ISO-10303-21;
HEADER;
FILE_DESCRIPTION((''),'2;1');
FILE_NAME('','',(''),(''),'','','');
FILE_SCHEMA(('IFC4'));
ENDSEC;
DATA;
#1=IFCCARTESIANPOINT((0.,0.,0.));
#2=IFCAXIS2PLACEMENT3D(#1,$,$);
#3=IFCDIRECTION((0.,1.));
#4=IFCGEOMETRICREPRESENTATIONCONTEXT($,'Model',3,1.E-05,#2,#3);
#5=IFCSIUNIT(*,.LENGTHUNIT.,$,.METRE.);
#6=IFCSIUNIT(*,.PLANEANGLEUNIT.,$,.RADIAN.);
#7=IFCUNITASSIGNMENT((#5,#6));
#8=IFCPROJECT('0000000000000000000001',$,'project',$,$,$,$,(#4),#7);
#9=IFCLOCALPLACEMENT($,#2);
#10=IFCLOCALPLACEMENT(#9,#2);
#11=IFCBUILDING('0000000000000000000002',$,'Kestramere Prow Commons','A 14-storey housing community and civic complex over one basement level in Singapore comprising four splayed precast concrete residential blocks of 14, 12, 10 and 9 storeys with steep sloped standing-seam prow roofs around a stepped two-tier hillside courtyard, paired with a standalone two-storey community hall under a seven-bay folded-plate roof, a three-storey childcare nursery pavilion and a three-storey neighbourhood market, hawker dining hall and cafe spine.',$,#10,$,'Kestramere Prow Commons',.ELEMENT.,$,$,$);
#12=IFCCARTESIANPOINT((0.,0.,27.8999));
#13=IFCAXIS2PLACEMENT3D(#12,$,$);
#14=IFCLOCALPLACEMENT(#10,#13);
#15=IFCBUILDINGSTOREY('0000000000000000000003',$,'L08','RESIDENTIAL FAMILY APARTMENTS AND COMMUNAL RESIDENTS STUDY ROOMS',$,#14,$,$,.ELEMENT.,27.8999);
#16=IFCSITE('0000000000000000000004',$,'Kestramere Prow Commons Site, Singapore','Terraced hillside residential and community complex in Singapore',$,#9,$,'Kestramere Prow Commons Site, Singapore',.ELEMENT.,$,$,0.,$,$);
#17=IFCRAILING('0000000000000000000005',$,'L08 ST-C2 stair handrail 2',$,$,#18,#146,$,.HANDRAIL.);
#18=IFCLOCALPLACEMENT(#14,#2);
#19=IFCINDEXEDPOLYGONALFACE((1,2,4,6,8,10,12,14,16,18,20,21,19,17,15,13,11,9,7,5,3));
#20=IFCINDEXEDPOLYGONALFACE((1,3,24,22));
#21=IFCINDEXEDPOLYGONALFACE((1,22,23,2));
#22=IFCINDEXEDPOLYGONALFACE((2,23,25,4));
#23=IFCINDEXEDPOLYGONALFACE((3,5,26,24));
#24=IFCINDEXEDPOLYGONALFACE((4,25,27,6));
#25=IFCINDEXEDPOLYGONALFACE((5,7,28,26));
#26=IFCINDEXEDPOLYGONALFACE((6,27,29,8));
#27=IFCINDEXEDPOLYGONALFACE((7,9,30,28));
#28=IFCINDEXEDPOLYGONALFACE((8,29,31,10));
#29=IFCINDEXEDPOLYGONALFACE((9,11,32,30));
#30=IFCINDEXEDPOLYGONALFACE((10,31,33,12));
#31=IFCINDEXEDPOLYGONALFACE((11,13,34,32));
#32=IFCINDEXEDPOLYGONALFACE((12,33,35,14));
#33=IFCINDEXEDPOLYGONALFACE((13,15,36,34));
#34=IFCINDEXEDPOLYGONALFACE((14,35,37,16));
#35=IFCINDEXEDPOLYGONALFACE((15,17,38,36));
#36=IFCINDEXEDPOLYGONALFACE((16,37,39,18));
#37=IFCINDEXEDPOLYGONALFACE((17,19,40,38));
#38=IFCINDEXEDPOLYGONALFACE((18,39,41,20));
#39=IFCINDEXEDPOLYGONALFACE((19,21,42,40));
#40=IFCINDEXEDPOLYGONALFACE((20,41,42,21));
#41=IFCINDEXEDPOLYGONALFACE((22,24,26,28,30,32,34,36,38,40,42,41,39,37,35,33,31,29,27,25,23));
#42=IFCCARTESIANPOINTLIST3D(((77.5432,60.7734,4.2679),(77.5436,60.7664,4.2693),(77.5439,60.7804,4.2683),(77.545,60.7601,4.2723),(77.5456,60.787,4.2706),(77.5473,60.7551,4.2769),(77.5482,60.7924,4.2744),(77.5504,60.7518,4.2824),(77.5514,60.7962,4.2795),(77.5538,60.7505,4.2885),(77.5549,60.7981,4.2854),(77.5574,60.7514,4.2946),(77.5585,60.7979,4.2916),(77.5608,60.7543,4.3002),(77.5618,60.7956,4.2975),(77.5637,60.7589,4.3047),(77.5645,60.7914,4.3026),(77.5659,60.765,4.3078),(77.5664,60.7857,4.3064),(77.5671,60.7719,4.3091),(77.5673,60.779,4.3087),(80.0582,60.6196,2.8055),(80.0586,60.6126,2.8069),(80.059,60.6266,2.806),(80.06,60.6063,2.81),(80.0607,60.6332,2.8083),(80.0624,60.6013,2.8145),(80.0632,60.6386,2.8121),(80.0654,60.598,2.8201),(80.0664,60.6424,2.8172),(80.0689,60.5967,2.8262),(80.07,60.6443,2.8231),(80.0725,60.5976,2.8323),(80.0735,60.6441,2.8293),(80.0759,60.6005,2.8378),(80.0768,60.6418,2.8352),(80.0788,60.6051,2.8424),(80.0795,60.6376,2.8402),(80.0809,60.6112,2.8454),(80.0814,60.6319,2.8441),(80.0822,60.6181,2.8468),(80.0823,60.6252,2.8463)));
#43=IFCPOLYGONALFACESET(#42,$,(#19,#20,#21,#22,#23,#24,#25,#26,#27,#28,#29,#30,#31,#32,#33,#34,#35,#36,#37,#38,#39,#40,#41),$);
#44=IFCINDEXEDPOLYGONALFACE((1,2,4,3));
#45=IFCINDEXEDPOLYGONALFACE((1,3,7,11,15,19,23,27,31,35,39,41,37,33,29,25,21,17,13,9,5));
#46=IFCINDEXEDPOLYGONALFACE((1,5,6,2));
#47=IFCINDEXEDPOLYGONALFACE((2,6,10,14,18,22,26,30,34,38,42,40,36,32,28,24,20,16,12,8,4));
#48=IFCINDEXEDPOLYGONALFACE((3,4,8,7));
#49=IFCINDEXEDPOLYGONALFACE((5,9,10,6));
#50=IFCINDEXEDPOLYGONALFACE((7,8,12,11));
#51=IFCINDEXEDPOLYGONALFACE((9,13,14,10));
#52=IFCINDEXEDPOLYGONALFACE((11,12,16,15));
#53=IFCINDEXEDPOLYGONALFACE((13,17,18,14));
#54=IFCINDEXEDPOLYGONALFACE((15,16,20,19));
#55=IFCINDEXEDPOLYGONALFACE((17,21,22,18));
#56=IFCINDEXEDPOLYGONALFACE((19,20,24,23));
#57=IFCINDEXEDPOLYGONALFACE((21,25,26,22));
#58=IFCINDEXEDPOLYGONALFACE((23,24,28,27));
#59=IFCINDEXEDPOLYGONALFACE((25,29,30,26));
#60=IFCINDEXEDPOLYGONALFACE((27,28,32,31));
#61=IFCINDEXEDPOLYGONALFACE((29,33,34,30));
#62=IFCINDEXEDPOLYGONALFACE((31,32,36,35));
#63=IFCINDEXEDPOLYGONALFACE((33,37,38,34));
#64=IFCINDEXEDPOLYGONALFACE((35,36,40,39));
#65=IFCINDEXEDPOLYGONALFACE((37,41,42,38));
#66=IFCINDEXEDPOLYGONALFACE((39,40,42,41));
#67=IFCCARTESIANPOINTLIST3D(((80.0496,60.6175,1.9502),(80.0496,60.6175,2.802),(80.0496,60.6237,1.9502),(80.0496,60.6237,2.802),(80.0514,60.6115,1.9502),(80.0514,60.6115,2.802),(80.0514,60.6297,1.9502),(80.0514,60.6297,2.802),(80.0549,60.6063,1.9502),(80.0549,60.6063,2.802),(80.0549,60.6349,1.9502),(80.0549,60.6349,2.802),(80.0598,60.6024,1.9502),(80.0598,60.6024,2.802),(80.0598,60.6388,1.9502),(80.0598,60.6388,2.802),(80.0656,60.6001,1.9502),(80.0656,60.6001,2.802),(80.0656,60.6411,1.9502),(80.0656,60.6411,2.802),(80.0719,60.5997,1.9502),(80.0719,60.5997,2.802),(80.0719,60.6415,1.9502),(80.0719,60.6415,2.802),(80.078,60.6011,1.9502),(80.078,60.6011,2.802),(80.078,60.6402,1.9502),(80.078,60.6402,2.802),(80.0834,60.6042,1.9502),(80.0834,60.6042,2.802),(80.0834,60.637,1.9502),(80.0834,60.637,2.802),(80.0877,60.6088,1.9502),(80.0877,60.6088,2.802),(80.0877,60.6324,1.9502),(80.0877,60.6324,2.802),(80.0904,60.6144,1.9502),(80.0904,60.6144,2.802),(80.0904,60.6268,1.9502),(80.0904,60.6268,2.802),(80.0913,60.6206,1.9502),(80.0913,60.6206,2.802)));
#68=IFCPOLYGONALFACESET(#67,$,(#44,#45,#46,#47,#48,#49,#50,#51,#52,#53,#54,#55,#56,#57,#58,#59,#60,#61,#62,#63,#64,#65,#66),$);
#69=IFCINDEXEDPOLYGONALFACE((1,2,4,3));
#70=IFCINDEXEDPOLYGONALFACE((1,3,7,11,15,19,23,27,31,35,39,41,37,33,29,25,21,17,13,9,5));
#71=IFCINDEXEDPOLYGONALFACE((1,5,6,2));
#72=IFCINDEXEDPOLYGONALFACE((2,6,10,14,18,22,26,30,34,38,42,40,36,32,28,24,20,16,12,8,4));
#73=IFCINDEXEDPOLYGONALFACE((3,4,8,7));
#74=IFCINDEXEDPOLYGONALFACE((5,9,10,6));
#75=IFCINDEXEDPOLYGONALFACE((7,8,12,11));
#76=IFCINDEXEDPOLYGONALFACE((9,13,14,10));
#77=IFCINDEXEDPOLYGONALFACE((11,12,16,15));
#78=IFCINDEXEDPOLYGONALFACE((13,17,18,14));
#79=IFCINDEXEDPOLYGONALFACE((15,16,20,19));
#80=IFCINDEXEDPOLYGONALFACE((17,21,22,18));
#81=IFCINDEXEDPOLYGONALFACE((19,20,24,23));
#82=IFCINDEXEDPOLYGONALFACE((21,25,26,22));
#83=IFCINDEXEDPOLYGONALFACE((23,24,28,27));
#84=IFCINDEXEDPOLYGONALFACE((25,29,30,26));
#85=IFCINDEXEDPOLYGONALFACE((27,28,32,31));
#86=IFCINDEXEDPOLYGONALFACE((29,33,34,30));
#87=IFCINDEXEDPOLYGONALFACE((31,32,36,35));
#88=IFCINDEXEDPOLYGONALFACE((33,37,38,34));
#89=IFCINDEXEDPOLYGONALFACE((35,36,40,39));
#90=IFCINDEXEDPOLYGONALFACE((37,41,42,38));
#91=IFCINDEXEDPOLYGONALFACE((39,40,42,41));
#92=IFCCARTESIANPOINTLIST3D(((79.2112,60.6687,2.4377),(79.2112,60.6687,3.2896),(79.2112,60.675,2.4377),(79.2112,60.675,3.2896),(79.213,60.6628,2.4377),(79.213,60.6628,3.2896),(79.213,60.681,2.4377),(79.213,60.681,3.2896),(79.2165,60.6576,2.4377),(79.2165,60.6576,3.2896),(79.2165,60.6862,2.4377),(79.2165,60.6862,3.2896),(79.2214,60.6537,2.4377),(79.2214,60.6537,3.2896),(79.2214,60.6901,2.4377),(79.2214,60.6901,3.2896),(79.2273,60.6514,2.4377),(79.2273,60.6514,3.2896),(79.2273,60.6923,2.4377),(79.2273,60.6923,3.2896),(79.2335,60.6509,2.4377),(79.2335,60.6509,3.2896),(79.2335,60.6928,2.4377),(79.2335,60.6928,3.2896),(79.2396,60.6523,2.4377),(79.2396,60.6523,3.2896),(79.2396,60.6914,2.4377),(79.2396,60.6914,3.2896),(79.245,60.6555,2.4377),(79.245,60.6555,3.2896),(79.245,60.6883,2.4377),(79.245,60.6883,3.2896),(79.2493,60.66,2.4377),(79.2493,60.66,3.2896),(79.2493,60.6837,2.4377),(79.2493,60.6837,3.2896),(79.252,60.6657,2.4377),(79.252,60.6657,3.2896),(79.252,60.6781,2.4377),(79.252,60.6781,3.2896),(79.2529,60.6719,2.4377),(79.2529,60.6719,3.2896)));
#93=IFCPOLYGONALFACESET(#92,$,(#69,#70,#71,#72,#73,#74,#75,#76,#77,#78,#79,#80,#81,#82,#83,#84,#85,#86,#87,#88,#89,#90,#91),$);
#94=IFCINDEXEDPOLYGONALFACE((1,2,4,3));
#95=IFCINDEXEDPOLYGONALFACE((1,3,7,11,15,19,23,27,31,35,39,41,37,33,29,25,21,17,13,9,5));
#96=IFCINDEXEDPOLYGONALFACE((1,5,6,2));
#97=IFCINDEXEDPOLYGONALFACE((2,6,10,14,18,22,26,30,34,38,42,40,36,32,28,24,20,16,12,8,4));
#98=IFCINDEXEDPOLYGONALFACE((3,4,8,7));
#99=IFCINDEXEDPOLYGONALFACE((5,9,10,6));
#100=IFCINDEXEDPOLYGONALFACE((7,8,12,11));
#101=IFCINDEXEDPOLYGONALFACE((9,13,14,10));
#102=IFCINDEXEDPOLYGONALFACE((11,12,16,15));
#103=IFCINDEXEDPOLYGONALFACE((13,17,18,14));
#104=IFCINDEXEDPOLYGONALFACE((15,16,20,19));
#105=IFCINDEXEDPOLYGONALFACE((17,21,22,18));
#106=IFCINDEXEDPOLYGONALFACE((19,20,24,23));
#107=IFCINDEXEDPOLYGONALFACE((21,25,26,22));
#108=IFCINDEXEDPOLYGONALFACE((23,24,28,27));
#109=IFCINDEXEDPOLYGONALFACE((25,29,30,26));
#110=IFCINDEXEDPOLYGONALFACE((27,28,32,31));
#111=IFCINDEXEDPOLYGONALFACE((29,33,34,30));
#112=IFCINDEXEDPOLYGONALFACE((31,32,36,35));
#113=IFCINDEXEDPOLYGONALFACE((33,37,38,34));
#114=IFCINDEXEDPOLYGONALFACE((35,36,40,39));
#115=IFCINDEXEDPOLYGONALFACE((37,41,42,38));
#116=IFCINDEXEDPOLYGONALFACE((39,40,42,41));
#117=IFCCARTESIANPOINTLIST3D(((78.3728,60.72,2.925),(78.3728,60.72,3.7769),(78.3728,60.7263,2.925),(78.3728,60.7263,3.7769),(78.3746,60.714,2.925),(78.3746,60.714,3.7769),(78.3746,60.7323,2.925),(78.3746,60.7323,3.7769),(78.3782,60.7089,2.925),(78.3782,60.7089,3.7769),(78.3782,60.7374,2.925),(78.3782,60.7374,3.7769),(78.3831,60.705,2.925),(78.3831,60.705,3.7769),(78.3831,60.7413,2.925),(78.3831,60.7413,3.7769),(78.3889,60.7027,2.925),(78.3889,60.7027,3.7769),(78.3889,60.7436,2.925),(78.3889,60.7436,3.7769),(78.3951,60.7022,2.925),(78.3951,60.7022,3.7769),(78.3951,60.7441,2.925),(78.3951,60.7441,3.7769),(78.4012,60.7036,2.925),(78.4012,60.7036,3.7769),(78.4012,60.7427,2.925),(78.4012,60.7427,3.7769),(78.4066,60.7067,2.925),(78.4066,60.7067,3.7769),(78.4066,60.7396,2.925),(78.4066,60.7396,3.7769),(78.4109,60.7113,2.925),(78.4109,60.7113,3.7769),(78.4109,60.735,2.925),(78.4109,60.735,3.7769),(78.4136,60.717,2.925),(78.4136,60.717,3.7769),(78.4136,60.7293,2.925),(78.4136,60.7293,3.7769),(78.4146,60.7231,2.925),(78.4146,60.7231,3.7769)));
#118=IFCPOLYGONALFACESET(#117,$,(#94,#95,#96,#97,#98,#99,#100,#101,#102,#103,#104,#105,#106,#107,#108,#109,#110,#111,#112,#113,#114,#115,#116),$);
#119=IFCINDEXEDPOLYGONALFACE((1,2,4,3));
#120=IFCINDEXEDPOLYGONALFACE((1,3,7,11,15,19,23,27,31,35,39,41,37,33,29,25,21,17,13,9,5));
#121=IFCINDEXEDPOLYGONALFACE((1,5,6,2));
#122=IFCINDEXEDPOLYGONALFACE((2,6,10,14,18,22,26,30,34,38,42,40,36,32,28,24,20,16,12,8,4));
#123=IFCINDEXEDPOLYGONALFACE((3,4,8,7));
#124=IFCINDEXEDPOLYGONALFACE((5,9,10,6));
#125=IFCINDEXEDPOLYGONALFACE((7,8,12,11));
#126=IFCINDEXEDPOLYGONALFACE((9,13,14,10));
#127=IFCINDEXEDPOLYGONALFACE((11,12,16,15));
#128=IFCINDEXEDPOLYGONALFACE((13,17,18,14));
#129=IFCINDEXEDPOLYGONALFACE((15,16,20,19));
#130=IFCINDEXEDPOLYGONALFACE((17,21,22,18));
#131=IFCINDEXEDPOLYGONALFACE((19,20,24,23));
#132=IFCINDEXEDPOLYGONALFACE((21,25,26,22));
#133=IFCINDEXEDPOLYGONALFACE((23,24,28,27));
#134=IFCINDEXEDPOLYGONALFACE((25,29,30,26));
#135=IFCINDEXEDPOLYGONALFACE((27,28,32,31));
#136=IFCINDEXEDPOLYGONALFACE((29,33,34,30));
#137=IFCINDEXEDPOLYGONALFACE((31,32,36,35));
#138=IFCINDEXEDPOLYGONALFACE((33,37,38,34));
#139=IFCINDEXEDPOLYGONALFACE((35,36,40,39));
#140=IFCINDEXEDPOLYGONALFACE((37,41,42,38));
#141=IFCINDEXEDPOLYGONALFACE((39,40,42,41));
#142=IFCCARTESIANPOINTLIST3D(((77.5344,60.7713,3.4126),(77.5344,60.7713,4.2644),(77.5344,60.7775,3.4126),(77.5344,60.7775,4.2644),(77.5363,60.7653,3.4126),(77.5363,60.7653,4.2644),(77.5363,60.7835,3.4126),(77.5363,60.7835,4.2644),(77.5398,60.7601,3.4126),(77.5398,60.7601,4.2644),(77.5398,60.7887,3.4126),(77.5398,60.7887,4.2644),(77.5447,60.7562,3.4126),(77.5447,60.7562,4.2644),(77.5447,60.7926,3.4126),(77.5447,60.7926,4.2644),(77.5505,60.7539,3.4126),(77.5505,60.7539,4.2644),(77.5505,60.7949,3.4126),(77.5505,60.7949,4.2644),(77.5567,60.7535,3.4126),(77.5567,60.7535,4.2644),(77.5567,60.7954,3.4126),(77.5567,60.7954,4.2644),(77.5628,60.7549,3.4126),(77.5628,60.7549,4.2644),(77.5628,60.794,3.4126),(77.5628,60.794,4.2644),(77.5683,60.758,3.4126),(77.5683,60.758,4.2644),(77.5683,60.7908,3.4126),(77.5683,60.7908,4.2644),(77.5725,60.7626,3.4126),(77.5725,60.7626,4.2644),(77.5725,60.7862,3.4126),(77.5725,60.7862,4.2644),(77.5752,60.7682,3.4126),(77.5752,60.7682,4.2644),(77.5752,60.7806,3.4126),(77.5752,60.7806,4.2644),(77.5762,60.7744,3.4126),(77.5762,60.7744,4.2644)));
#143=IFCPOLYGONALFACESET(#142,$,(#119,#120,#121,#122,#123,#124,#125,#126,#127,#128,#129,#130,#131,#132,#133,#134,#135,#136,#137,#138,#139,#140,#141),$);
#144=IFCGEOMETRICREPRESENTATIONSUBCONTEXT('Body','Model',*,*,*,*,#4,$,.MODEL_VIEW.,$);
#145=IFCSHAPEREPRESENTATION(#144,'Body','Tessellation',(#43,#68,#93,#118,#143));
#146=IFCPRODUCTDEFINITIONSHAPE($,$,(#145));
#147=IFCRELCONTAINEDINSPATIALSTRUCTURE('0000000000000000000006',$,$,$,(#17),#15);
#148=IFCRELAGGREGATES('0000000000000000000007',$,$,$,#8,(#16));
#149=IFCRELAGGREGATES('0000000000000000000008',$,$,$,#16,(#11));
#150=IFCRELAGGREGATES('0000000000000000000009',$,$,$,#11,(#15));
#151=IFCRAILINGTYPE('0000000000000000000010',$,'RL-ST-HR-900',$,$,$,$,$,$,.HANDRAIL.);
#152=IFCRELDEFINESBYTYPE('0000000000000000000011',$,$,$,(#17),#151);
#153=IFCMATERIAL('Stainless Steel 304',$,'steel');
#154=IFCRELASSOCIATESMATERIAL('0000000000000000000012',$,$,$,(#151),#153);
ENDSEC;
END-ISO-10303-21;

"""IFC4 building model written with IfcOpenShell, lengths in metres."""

from ifc_helpers import new_model, si_unit, direction, frame, origin, origin_2d, place, context, subcontext, project, spatial, circle, extrude, material, type_object, element, save


model = new_model("IFC4")

# Units and contexts
model_context = context("Model", 3, precision=1e-05, world=origin(), true_north=direction((0.0, 1.0)))
body_context = subcontext(model_context, "Body", "Model", "MODEL_VIEW")
ifc_project = project(units=[si_unit("LENGTHUNIT", "METRE"), si_unit("PLANEANGLEUNIT", "RADIAN")], contexts=[model_context])

# Site, building, storey
site_placement = place(None, origin())
site = spatial("IfcSite", under=ifc_project, at=site_placement, Name="Kestramere Prow Commons Site, Singapore", Description="Terraced hillside residential and community complex in Singapore", LongName="Kestramere Prow Commons Site, Singapore", CompositionType="ELEMENT", RefElevation=0.0)
building_placement = place(site_placement, origin())
building = spatial("IfcBuilding", under=site, at=building_placement, Name="Kestramere Prow Commons", Description="A 14-storey housing community and civic complex over one basement level in Singapore comprising four splayed precast concrete residential blocks of 14, 12, 10 and 9 storeys with steep sloped standing-seam prow roofs around a stepped two-tier hillside courtyard, paired with a standalone two-storey community hall under a seven-bay folded-plate roof, a three-storey childcare nursery pavilion and a three-storey neighbourhood market, hawker dining hall and cafe spine.", LongName="Kestramere Prow Commons", CompositionType="ELEMENT")
storey_placement = place(building_placement, frame((0.0, 0.0, 27.8999)))
storey = spatial("IfcBuildingStorey", under=building, at=storey_placement, Name="L08", Description="RESIDENTIAL FAMILY APARTMENTS AND COMMUNAL RESIDENTS STUDY ROOMS", CompositionType="ELEMENT", Elevation=27.8999)

# Railing
ifc_material_1 = material(Name="Stainless Steel 304", Category="steel")
railing_type_1 = type_object("IfcRailingType", Name="RL-ST-HR-900", PredefinedType="HANDRAIL", material=ifc_material_1)
railing_1_placement = place(storey_placement, frame((80.0703, 60.6206, 1.9502)))
element("IfcRailing", 1, at=railing_1_placement, inside=storey, type_object=railing_type_1, Name="L08 ST-C2 stair handrail 2", PredefinedType="HANDRAIL", context=body_context, shape_type="SweptSolid", body=[
    extrude(circle(Radius=0.0239, at=origin_2d()), frame((0.0, 0.0, 0.876), z_axis=(-0.863285, 0.052793, 0.501949), x_axis=(-0.061039, -0.998135, 0.0)), (0.0, 0.0, 1.0), 2.9133),
    extrude(circle(Radius=0.021, at=origin_2d()), origin(), (0.0, 0.0, 1.0), 0.8518),
    extrude(circle(Radius=0.021, at=origin_2d()), frame((-0.8384, 0.0513, 0.4875)), (0.0, 0.0, 1.0), 0.8518),
    extrude(circle(Radius=0.021, at=origin_2d()), frame((-1.6768, 0.1025, 0.9749)), (0.0, 0.0, 1.0), 0.8518),
    extrude(circle(Radius=0.021, at=origin_2d()), frame((-2.5151, 0.1538, 1.4624)), (0.0, 0.0, 1.0), 0.8518),
])

save(model, "model.ifc")
